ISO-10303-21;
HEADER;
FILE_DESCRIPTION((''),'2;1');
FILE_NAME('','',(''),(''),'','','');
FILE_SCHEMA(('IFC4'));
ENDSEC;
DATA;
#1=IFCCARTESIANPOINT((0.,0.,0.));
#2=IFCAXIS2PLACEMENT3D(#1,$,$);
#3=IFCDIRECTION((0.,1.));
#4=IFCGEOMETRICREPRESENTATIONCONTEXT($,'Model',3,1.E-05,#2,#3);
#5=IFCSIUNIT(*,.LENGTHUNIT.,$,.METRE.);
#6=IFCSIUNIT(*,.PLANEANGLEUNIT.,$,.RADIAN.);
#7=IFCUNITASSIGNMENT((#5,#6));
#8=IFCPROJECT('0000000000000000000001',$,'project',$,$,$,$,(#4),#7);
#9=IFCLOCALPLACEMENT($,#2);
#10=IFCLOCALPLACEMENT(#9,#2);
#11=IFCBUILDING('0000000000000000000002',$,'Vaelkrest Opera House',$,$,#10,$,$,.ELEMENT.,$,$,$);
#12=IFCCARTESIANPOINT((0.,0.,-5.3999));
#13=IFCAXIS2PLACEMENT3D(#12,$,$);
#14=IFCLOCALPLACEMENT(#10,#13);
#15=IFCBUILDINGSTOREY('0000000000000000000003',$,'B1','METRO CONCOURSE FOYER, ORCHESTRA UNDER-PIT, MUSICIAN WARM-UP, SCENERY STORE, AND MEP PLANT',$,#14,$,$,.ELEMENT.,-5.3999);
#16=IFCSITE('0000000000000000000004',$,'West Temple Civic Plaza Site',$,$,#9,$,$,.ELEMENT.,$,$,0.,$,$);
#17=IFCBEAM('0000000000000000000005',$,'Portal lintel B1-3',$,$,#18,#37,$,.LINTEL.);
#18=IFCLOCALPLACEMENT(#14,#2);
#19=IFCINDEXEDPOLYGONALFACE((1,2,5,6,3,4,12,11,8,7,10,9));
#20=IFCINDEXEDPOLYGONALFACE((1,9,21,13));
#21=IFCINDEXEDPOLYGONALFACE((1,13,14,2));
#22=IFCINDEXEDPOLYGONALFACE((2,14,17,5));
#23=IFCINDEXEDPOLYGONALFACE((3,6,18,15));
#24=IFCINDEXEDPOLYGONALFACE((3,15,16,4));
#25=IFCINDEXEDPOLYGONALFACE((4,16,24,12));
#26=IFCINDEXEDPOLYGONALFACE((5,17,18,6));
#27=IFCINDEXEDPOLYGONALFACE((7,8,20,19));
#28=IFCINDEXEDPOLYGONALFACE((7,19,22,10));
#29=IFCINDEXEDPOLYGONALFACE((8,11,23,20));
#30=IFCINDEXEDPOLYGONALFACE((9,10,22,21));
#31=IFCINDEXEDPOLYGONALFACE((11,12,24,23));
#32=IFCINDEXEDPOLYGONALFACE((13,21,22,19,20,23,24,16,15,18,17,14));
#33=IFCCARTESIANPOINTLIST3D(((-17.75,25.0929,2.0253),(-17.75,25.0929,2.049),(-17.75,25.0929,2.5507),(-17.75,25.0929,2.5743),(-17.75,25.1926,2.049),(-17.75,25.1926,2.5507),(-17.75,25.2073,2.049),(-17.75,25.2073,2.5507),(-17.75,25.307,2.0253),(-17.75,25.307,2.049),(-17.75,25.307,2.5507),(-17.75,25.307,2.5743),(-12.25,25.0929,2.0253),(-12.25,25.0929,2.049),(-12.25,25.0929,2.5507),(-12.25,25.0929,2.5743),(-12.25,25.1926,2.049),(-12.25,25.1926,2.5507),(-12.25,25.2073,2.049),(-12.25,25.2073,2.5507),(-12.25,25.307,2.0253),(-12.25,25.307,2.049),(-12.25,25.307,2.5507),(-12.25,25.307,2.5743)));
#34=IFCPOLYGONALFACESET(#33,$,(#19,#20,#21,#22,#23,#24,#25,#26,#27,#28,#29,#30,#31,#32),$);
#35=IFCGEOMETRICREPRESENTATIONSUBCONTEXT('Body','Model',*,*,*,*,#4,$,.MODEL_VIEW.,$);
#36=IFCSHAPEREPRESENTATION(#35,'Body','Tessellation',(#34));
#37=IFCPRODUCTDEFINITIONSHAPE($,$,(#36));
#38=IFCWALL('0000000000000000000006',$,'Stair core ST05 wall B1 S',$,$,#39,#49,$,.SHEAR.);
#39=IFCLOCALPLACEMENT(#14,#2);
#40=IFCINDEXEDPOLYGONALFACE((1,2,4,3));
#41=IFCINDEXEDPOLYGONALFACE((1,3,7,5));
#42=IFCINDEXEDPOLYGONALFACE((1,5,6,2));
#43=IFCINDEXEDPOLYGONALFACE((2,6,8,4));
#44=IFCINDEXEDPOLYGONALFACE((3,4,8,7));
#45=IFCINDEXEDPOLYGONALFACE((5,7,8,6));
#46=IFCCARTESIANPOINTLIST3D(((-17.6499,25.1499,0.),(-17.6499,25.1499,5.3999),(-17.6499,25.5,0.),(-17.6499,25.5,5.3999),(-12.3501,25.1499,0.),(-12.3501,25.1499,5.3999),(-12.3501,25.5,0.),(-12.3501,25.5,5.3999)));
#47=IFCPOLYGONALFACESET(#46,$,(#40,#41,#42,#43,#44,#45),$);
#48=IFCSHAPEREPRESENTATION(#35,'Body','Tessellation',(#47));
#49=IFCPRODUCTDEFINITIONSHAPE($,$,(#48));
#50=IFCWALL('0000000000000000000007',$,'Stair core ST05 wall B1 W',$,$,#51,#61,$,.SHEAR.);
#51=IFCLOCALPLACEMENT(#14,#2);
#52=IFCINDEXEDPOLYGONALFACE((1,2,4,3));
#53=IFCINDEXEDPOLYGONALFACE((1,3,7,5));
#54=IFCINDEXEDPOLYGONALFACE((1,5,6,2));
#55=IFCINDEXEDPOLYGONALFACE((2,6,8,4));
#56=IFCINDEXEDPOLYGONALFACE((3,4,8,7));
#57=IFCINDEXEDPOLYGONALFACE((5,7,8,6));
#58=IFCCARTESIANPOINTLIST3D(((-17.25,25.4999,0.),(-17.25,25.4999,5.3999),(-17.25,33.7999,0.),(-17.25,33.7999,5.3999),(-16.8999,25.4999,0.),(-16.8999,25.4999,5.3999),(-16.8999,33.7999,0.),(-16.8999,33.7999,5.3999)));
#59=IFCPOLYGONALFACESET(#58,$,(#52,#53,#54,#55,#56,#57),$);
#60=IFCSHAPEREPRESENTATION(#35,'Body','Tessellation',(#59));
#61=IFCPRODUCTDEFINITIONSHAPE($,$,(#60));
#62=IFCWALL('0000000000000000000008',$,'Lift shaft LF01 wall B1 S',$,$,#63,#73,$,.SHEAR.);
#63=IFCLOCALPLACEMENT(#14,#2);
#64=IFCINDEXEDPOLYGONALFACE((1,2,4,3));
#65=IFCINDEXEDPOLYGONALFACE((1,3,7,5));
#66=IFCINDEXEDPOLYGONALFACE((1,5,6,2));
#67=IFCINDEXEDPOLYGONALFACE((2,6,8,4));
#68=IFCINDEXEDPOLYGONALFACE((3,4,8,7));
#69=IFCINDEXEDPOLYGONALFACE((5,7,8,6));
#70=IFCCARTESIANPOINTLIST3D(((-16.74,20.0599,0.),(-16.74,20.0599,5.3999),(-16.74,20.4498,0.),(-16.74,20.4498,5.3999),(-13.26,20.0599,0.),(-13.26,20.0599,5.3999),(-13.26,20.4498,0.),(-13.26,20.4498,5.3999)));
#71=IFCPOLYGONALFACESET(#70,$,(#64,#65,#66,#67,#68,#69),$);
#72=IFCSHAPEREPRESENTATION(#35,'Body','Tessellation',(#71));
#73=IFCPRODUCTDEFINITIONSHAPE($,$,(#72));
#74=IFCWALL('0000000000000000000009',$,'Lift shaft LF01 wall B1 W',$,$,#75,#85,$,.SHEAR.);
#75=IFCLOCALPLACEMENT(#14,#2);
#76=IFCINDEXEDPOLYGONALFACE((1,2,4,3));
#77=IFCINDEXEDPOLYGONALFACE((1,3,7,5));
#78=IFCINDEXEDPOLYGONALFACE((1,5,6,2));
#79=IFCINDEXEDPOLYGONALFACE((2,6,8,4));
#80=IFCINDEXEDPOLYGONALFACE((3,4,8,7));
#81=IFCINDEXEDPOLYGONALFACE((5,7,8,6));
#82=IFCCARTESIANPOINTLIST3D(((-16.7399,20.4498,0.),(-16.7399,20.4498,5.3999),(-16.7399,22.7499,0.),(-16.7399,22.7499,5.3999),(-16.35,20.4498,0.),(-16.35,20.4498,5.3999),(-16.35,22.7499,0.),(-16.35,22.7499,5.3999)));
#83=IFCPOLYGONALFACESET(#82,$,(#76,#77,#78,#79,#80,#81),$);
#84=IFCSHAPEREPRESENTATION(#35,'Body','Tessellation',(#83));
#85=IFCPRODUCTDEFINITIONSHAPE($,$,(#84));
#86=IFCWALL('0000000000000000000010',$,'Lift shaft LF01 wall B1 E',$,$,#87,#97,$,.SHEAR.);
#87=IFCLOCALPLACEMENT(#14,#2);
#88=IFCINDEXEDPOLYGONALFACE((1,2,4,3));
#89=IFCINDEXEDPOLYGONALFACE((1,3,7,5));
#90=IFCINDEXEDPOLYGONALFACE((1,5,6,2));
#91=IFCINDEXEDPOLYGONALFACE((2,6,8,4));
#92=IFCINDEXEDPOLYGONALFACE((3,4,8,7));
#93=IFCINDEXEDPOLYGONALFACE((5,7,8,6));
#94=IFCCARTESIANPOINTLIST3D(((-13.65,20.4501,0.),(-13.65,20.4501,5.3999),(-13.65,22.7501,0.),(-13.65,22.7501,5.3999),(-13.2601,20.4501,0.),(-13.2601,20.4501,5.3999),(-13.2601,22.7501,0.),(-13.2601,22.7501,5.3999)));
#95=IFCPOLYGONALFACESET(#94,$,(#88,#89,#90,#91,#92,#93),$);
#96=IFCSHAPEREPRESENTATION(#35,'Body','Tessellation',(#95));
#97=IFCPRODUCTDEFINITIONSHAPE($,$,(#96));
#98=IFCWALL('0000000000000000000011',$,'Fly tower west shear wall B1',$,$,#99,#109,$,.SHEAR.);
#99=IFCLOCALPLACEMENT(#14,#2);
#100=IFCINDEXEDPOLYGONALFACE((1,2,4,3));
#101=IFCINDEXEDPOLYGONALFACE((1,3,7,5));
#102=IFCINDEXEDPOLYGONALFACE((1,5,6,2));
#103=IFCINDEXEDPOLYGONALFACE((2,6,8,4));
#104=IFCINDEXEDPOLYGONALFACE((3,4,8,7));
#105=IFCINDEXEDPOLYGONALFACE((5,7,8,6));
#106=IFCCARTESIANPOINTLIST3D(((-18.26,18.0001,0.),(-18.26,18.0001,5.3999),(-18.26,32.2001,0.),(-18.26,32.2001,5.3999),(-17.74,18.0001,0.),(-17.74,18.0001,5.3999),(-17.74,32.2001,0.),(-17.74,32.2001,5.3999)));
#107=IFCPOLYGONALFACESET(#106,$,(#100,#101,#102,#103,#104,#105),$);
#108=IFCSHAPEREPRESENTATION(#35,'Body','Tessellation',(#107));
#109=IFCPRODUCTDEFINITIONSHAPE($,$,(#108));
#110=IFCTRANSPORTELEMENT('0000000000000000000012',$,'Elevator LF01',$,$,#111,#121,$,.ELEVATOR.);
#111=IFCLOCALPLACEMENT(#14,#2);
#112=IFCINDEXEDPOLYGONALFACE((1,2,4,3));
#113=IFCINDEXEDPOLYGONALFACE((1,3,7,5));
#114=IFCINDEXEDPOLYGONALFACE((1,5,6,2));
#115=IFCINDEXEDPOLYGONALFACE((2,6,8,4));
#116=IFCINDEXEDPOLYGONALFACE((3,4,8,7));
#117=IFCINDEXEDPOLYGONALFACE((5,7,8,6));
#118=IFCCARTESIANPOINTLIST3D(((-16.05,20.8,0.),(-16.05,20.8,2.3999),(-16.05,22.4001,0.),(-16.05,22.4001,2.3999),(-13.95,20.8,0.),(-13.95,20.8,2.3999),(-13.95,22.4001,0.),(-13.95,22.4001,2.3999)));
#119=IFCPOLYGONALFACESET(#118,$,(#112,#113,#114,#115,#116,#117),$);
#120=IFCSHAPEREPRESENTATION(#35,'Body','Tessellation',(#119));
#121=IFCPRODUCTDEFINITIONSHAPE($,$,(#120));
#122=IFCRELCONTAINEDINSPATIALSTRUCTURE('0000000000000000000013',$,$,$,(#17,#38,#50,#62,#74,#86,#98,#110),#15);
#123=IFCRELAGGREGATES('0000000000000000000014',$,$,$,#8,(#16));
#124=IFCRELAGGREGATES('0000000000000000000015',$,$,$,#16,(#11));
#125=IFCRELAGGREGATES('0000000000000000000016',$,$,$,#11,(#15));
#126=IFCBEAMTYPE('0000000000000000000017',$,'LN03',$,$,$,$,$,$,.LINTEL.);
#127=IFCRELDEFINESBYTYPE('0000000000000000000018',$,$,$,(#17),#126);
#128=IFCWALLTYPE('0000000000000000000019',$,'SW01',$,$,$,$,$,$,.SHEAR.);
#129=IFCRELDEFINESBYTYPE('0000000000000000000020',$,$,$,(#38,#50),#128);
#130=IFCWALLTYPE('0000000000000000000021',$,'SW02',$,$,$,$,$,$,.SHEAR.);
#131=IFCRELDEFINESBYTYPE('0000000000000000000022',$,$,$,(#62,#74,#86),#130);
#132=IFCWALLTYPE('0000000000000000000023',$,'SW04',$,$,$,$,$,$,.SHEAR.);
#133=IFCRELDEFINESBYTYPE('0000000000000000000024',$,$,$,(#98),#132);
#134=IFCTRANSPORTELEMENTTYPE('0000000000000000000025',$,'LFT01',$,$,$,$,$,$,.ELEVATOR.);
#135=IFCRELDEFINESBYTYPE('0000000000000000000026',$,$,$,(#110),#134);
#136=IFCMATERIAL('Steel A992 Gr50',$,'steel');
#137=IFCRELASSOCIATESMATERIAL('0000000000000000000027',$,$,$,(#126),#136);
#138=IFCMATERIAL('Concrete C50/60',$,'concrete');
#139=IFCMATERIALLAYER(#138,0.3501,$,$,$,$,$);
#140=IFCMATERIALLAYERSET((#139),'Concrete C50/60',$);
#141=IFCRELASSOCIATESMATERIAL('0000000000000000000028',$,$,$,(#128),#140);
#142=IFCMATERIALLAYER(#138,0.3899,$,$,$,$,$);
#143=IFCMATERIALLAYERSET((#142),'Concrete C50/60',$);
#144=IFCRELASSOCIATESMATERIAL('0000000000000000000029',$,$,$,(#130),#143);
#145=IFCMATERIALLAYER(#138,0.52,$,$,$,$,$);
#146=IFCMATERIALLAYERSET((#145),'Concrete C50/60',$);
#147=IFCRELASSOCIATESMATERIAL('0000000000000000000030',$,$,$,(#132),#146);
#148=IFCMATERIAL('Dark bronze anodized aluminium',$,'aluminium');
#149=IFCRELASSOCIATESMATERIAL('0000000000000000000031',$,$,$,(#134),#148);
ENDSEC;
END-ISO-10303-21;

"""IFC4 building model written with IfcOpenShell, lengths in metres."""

from ifc_helpers import new_model, si_unit, direction, frame, frame_2d, origin, origin_2d, place, context, subcontext, project, spatial, rectangle, i_section, extrude, material, layer, layer_set, material_profile, profile_set, type_object, element, save


model = new_model("IFC4")

# Units and contexts
model_context = context("Model", 3, precision=1e-05, world=origin(), true_north=direction((0.0, 1.0)))
body_context = subcontext(model_context, "Body", "Model", "MODEL_VIEW")
ifc_project = project(units=[si_unit("LENGTHUNIT", "METRE"), si_unit("PLANEANGLEUNIT", "RADIAN")], contexts=[model_context])

# Site, building, storey
site_placement = place(None, origin())
site = spatial("IfcSite", under=ifc_project, at=site_placement, Name="West Temple Civic Plaza Site", CompositionType="ELEMENT", RefElevation=0.0)
building_placement = place(site_placement, origin())
building = spatial("IfcBuilding", under=site, at=building_placement, Name="Vaelkrest Opera House", CompositionType="ELEMENT")
storey_placement = place(building_placement, frame((0.0, 0.0, -5.3999)))
storey = spatial("IfcBuildingStorey", under=building, at=storey_placement, Name="B1", Description="METRO CONCOURSE FOYER, ORCHESTRA UNDER-PIT, MUSICIAN WARM-UP, SCENERY STORE, AND MEP PLANT", CompositionType="ELEMENT", Elevation=-5.3999)

# Shared definitions
ifc_material_1 = material(Name="Concrete C50/60", Category="concrete")

# Beam
ifc_material_2 = material(Name="Steel A992 Gr50", Category="steel")
ifc_material_profile_1 = material_profile(ifc_material_2, i_section(OverallWidth=0.2141, OverallDepth=0.5491, WebThickness=0.0146, FlangeThickness=0.0237, at=origin_2d()), Name="W21X93")
ifc_profile_set_1 = profile_set([ifc_material_profile_1], Name="Steel A992 Gr50")
beam_type_1 = type_object("IfcBeamType", Name="LN03", PredefinedType="LINTEL", material=ifc_profile_set_1)
beam_1_placement = place(storey_placement, frame((-17.75, 25.2, 2.2998), z_axis=(1.0, 0.0, 0.0), x_axis=(0.0, 1.0, 0.0)))
element("IfcBeam", 1, at=beam_1_placement, inside=storey, type_object=beam_type_1, Name="Portal lintel B1-3", PredefinedType="LINTEL", context=body_context, shape_type="SweptSolid", body=[
    extrude(i_section(OverallWidth=0.2141, OverallDepth=0.5491, WebThickness=0.0146, FlangeThickness=0.0237, at=origin_2d()), origin(), (0.0, 0.0, 1.0), 5.5),
])

# Walls
ifc_layer_1 = layer(ifc_material_1, 0.3501)
ifc_layer_set_1 = layer_set([ifc_layer_1], Name="Concrete C50/60")
wall_type_1 = type_object("IfcWallType", Name="SW01", PredefinedType="SHEAR", material=ifc_layer_set_1)
wall_1_placement = place(storey_placement, frame((-12.3501, 25.325, 0.0), z_axis=(0.0, 0.0, 1.0), x_axis=(-1.0, 0.0, 0.0)))
element("IfcWall", 2, at=wall_1_placement, inside=storey, type_object=wall_type_1, Name="Stair core ST05 wall B1 S", PredefinedType="SHEAR", context=body_context, shape_type="SweptSolid", body=[
    extrude(rectangle(XDim=5.2998, YDim=0.3501, at=frame_2d((2.6499, 0.0))), origin(), (0.0, 0.0, 1.0), 5.3999),
])
wall_2_placement = place(storey_placement, frame((-17.075, 25.5, 0.0), z_axis=(0.0, 0.0, 1.0), x_axis=(0.0, 1.0, 0.0)))
element("IfcWall", 3, at=wall_2_placement, inside=storey, type_object=wall_type_1, Name="Stair core ST05 wall B1 W", PredefinedType="SHEAR", context=body_context, shape_type="SweptSolid", body=[
    extrude(rectangle(XDim=8.3, YDim=0.3501, at=frame_2d((4.1499, 0.0))), origin(), (0.0, 0.0, 1.0), 5.3999),
])
ifc_layer_2 = layer(ifc_material_1, 0.3899)
ifc_layer_set_2 = layer_set([ifc_layer_2], Name="Concrete C50/60")
wall_type_2 = type_object("IfcWallType", Name="SW02", PredefinedType="SHEAR", material=ifc_layer_set_2)
wall_3_placement = place(storey_placement, frame((-13.26, 20.2549, 0.0), z_axis=(0.0, 0.0, 1.0), x_axis=(-1.0, 0.0, 0.0)))
element("IfcWall", 4, at=wall_3_placement, inside=storey, type_object=wall_type_2, Name="Lift shaft LF01 wall B1 S", PredefinedType="SHEAR", context=body_context, shape_type="SweptSolid", body=[
    extrude(rectangle(XDim=3.48, YDim=0.3899, at=frame_2d((1.74, 0.0))), origin(), (0.0, 0.0, 1.0), 5.3999),
])

# Shared definitions
ifc_material_3 = material(Name="Dark bronze anodized aluminium", Category="aluminium")

# Walls
for number, where, z_axis, x_axis, name in (
    (5, (-16.5449, 20.45, 0.0), (0.0, 0.0, 1.0), (0.0, 1.0, 0.0), "Lift shaft LF01 wall B1 W"),
    (6, (-13.4551, 22.75, 0.0), (0.0, 0.0, 1.0), (0.0, -1.0, 0.0), "Lift shaft LF01 wall B1 E"),
):
    element("IfcWall", number, at=place(storey_placement, frame(where, z_axis=z_axis, x_axis=x_axis)), inside=storey, type_object=wall_type_2, Name=name, PredefinedType="SHEAR", context=body_context, shape_type="SweptSolid", body=[
        extrude(rectangle(XDim=2.3, YDim=0.3899, at=frame_2d((1.1499, 0.0))), origin(), (0.0, 0.0, 1.0), 5.3999),
    ])
ifc_layer_3 = layer(ifc_material_1, 0.52)
ifc_layer_set_3 = layer_set([ifc_layer_3], Name="Concrete C50/60")
wall_type_3 = type_object("IfcWallType", Name="SW04", PredefinedType="SHEAR", material=ifc_layer_set_3)
wall_4_placement = place(storey_placement, frame((-18.0, 18.0, 0.0), z_axis=(0.0, 0.0, 1.0), x_axis=(0.0, 1.0, 0.0)))
element("IfcWall", 7, at=wall_4_placement, inside=storey, type_object=wall_type_3, Name="Fly tower west shear wall B1", PredefinedType="SHEAR", context=body_context, shape_type="SweptSolid", body=[
    extrude(rectangle(XDim=14.2, YDim=0.52, at=frame_2d((7.1001, 0.0))), origin(), (0.0, 0.0, 1.0), 5.3999),
])

# Transport element
transport_element_type = type_object("IfcTransportElementType", Name="LFT01", PredefinedType="ELEVATOR", material=ifc_material_3)
transport_element_placement = place(storey_placement, frame((-15.0, 21.6001, 0.0), z_axis=(0.0, 0.0, 1.0), x_axis=(1.0, 0.0, 0.0)))
element("IfcTransportElement", 8, at=transport_element_placement, inside=storey, type_object=transport_element_type, Name="Elevator LF01", PredefinedType="ELEVATOR", context=body_context, shape_type="SweptSolid", body=[
    extrude(rectangle(XDim=2.1001, YDim=1.6001, at=origin_2d()), origin(), (0.0, 0.0, 1.0), 2.3999),
])

save(model, "model.ifc")
